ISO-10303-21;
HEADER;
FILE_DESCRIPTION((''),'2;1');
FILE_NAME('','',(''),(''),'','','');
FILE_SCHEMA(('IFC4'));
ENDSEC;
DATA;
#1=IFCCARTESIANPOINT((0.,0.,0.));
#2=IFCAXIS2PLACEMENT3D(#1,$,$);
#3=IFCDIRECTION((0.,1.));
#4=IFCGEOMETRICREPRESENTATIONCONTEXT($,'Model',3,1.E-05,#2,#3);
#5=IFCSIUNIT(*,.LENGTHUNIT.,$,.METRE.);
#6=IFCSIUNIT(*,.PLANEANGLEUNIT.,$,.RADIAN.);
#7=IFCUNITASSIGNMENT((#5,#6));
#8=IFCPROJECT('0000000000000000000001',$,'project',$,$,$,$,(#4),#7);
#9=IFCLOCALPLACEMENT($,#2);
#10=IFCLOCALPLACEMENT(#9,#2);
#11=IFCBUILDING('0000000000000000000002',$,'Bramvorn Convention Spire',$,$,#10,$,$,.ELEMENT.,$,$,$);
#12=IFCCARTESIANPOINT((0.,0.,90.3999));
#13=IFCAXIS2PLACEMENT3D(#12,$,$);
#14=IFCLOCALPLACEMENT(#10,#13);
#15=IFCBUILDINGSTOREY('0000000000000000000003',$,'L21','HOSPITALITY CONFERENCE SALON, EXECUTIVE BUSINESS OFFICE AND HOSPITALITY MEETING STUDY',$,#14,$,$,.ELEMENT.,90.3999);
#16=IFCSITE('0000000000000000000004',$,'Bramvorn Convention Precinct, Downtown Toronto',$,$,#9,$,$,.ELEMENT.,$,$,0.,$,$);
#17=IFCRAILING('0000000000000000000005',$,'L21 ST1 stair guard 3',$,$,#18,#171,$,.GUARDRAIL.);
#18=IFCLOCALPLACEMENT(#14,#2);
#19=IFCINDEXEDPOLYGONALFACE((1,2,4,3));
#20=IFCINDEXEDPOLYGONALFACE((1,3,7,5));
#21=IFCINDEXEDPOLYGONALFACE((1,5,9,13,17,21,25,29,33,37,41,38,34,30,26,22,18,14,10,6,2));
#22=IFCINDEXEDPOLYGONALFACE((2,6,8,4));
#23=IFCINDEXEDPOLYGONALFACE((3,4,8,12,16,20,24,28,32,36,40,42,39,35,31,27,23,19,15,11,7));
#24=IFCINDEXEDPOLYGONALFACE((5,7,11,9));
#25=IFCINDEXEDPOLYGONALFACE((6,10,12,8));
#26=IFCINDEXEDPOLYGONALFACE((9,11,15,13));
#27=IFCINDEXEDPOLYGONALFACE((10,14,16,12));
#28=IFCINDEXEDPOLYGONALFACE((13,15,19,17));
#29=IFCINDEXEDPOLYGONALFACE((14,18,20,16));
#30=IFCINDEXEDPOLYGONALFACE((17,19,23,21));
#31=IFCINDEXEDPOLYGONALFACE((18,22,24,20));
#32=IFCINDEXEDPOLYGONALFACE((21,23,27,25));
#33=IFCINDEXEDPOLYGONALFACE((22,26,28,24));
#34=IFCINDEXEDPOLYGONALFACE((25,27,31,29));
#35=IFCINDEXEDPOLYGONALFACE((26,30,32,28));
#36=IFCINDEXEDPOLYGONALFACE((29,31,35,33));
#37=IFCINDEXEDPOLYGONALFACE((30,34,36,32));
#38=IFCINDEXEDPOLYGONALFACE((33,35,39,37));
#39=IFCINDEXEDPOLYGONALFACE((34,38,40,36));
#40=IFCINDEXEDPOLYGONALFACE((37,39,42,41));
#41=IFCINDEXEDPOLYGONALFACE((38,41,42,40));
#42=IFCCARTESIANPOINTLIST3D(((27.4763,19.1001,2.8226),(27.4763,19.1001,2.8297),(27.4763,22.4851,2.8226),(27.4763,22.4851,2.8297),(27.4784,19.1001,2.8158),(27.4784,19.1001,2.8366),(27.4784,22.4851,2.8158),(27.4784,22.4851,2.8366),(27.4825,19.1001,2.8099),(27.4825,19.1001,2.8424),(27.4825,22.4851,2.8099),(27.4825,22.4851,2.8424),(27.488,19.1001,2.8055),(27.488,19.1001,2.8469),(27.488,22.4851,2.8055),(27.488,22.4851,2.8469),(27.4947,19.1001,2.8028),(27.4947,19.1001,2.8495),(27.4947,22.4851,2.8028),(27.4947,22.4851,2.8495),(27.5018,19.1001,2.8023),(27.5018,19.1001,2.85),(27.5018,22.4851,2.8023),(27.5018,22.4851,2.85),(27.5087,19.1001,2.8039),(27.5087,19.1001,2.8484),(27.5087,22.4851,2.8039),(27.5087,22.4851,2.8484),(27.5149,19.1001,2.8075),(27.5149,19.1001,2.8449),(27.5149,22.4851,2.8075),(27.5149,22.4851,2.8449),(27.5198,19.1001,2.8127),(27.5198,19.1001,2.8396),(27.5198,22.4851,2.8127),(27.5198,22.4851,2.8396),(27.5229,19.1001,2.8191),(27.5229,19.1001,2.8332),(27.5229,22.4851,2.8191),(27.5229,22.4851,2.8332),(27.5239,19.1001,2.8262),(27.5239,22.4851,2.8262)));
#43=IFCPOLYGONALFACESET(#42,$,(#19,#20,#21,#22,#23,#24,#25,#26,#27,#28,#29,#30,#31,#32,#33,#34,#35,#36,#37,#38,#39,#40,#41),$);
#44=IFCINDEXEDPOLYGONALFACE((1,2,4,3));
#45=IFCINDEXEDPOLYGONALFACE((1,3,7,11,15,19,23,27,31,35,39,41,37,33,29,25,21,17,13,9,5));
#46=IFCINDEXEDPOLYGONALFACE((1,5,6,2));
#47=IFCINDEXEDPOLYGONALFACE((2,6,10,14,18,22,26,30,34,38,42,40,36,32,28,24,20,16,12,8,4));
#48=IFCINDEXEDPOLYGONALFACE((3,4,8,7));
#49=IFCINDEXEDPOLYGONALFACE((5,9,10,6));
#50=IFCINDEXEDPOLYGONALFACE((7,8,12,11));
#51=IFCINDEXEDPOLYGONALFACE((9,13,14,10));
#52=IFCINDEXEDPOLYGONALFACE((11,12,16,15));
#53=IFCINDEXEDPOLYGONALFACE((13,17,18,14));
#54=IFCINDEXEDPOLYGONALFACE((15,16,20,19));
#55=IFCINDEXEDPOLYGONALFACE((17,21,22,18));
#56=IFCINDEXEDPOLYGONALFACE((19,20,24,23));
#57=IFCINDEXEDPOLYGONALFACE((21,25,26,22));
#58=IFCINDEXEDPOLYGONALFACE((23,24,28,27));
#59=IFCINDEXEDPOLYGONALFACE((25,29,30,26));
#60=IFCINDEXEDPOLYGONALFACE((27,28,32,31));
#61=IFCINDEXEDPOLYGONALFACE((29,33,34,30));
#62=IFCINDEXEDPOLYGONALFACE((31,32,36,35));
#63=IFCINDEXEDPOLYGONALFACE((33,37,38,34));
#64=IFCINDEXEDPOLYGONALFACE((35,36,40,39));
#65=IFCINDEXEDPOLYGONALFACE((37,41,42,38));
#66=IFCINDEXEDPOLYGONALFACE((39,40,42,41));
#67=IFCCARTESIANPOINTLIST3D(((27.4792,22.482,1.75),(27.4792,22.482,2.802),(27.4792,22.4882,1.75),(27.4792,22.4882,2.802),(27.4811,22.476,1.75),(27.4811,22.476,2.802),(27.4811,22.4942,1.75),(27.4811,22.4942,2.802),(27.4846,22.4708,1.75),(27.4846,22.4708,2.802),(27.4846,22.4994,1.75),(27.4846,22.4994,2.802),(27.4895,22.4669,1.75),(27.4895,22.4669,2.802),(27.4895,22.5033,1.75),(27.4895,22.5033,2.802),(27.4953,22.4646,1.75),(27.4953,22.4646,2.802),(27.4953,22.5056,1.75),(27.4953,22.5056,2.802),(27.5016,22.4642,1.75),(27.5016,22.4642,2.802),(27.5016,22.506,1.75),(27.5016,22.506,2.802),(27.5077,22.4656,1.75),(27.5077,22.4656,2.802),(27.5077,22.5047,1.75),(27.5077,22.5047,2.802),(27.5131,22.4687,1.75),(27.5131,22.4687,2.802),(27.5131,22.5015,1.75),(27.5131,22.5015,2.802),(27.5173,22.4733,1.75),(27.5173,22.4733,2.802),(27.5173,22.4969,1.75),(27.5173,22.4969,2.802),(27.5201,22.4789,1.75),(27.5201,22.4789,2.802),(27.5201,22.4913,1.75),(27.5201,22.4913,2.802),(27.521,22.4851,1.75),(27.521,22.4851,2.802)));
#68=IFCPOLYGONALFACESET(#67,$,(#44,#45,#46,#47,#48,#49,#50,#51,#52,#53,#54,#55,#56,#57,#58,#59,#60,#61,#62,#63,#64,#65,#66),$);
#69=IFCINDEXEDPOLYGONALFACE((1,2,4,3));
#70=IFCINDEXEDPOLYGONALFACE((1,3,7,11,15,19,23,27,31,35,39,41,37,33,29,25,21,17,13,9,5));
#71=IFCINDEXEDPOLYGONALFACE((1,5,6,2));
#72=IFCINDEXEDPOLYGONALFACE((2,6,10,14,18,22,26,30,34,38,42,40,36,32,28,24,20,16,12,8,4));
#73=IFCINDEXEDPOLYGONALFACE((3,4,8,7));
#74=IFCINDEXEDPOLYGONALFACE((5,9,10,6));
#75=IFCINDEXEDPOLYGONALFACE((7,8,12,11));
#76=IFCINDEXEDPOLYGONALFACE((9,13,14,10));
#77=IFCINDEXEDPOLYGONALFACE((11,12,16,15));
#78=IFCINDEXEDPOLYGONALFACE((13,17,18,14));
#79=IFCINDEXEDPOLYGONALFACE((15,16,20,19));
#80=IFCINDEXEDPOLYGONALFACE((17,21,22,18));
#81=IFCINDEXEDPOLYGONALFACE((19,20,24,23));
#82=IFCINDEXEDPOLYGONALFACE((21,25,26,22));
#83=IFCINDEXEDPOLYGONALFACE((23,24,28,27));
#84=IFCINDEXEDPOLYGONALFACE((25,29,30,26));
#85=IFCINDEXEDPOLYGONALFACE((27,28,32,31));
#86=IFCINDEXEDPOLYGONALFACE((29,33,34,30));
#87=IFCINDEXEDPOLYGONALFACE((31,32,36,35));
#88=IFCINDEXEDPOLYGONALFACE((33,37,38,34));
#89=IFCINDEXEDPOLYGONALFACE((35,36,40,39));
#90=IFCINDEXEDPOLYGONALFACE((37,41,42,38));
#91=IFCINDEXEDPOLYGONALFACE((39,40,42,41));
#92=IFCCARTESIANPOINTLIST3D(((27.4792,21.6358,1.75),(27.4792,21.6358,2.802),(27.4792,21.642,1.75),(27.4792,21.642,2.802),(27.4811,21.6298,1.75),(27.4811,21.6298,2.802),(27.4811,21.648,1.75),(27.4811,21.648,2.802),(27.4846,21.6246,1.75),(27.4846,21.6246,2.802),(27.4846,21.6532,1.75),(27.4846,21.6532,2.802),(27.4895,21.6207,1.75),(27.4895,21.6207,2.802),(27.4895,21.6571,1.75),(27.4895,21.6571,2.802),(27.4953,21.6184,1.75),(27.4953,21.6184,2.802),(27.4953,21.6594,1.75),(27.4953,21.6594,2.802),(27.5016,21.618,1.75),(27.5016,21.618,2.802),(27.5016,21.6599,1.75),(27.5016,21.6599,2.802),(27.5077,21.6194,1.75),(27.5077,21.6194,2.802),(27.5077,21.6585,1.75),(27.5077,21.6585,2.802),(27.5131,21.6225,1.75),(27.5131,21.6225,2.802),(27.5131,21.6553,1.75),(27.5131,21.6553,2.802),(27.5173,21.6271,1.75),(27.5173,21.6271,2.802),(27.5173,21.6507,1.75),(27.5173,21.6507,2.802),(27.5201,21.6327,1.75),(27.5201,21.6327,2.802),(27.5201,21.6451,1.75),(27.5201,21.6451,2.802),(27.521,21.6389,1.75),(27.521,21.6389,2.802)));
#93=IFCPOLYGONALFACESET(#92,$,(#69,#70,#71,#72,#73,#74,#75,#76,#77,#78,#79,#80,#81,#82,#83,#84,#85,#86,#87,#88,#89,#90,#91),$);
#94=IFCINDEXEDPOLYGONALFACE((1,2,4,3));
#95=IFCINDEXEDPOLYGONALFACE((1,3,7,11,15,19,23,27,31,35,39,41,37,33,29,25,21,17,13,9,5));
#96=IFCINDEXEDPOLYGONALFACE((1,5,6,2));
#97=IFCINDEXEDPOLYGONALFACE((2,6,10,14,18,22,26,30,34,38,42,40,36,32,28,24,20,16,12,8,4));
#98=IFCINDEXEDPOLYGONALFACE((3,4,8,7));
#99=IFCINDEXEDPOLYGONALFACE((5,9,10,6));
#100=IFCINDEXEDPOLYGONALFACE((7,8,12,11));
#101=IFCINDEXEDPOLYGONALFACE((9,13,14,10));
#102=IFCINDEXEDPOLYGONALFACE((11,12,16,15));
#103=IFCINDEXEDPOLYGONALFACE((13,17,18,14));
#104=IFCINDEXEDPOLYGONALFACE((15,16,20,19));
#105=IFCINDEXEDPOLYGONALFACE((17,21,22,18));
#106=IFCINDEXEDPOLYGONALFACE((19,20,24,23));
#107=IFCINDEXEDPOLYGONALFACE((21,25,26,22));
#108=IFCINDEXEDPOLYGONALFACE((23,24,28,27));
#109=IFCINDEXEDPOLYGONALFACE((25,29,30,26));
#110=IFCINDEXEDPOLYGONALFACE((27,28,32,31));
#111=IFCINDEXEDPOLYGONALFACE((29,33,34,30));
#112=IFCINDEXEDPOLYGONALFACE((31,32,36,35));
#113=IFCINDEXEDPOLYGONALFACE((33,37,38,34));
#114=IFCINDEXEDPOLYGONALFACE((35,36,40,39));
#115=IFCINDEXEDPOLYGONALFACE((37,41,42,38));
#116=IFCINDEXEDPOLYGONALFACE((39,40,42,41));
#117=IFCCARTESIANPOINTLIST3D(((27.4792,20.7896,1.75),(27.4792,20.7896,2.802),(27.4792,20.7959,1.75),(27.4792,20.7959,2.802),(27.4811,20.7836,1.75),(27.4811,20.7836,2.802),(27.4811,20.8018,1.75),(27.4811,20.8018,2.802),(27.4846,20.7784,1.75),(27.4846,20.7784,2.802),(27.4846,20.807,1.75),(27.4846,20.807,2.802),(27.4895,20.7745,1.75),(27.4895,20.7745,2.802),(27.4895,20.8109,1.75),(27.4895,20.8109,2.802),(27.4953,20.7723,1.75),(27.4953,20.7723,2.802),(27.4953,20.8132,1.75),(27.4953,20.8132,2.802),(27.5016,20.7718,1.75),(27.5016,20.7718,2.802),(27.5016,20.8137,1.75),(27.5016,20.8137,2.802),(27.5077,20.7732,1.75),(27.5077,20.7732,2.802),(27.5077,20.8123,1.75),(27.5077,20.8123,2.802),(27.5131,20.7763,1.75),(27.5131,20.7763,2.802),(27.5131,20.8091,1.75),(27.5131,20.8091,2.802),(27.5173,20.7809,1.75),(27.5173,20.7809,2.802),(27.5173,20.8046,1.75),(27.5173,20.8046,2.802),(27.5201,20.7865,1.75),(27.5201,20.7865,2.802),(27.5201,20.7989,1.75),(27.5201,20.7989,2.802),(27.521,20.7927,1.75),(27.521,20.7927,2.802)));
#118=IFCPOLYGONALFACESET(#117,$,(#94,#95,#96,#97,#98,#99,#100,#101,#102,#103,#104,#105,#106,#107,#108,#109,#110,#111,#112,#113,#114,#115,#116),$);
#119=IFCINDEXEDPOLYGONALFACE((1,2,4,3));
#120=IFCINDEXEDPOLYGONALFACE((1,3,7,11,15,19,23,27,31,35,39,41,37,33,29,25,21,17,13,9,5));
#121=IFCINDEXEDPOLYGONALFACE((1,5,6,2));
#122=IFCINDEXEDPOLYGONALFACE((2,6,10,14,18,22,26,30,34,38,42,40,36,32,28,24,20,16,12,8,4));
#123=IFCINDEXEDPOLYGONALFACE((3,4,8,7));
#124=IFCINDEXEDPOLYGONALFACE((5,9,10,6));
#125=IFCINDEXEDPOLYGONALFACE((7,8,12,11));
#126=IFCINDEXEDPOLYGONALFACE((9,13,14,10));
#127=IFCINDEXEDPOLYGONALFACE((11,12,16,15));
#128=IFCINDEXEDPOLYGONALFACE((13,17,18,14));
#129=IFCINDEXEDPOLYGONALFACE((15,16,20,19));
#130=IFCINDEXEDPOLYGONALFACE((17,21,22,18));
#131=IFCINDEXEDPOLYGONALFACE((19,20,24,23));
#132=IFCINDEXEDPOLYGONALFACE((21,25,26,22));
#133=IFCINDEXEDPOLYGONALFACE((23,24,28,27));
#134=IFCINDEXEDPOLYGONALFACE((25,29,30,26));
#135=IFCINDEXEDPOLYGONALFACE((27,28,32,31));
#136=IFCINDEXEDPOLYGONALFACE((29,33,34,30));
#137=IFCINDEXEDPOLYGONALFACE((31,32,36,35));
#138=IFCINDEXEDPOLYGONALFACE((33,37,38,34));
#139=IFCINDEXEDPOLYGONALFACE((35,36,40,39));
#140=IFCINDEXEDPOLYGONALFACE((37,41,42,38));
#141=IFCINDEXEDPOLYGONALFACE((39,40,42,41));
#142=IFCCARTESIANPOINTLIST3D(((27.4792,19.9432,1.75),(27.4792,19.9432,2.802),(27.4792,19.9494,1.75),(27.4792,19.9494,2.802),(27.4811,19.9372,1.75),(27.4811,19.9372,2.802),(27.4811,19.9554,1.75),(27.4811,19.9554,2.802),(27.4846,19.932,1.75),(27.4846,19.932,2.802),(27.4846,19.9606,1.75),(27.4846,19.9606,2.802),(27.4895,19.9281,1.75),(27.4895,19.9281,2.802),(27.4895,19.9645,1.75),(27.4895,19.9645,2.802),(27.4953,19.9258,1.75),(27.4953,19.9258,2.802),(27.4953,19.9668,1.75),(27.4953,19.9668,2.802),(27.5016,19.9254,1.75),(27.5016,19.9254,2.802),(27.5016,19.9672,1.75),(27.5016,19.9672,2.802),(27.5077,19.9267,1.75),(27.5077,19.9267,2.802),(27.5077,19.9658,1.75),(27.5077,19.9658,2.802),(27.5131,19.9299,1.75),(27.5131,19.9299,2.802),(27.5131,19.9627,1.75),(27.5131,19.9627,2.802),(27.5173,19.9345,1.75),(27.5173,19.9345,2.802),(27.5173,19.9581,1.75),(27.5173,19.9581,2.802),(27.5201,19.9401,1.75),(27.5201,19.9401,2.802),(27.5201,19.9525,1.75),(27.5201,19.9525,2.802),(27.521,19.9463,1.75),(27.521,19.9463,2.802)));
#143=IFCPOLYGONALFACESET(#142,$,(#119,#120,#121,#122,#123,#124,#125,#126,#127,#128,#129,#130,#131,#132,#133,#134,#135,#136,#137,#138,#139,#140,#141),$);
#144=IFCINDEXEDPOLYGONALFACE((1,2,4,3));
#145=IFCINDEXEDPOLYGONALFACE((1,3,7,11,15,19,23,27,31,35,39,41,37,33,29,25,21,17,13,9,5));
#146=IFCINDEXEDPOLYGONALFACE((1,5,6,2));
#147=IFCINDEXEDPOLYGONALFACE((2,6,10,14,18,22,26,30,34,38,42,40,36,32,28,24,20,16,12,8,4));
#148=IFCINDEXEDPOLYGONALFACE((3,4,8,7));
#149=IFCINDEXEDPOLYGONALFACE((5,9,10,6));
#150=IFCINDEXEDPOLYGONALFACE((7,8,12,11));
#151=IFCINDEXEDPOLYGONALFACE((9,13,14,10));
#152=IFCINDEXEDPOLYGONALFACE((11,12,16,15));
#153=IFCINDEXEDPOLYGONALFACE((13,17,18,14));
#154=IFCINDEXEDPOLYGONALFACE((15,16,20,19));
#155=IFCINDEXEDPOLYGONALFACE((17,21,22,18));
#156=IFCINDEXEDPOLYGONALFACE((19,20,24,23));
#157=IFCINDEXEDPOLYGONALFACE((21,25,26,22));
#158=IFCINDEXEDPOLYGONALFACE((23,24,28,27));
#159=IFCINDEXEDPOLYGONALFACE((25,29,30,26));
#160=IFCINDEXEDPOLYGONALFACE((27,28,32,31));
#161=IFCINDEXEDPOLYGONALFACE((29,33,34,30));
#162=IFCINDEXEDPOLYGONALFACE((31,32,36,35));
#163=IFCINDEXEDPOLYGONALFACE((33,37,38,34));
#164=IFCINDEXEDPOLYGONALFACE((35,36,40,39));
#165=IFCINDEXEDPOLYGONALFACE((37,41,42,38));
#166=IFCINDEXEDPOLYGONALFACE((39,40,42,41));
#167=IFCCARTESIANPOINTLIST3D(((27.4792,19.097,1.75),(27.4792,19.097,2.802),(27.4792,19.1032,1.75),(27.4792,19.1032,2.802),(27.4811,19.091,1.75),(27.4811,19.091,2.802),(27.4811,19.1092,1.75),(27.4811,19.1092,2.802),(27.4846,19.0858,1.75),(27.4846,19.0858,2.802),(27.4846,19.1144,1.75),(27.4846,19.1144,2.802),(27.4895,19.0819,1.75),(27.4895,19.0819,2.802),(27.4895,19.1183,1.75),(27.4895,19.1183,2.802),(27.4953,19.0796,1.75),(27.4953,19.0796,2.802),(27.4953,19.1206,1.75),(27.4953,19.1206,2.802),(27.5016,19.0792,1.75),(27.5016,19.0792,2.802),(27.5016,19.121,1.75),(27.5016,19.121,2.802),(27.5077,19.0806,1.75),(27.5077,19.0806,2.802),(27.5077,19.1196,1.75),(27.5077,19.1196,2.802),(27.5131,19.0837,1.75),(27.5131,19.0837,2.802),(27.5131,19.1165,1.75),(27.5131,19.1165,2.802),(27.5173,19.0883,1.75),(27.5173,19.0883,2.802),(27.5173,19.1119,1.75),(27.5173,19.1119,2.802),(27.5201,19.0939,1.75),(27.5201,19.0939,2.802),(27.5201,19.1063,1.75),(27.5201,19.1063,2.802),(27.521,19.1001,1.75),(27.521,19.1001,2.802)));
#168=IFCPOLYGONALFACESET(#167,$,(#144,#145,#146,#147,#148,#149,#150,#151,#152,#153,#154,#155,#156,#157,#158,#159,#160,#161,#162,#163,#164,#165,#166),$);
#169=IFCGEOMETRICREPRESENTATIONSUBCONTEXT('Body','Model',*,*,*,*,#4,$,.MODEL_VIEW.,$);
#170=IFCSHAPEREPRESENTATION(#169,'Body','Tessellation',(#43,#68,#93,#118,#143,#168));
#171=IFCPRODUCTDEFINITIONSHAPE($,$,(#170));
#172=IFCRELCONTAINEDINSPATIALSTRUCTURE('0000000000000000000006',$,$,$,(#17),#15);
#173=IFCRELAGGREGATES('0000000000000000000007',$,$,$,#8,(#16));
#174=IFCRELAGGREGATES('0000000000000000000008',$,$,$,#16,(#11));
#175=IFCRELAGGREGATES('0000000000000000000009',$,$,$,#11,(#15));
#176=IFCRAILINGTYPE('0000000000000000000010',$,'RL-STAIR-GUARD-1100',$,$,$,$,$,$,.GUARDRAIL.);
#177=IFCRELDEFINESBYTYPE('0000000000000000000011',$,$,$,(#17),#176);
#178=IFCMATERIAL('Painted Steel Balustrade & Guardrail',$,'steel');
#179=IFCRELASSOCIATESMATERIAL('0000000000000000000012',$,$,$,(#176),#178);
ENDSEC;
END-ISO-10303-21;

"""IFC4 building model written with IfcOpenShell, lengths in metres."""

from ifc_helpers import new_model, si_unit, direction, frame, origin, origin_2d, place, context, subcontext, project, spatial, circle, extrude, material, type_object, element, save


model = new_model("IFC4")

# Units and contexts
model_context = context("Model", 3, precision=1e-05, world=origin(), true_north=direction((0.0, 1.0)))
body_context = subcontext(model_context, "Body", "Model", "MODEL_VIEW")
ifc_project = project(units=[si_unit("LENGTHUNIT", "METRE"), si_unit("PLANEANGLEUNIT", "RADIAN")], contexts=[model_context])

# Site, building, storey
site_placement = place(None, origin())
site = spatial("IfcSite", under=ifc_project, at=site_placement, Name="Bramvorn Convention Precinct, Downtown Toronto", CompositionType="ELEMENT", RefElevation=0.0)
building_placement = place(site_placement, origin())
building = spatial("IfcBuilding", under=site, at=building_placement, Name="Bramvorn Convention Spire", CompositionType="ELEMENT")
storey_placement = place(building_placement, frame((0.0, 0.0, 90.3999)))
storey = spatial("IfcBuildingStorey", under=building, at=storey_placement, Name="L21", Description="HOSPITALITY CONFERENCE SALON, EXECUTIVE BUSINESS OFFICE AND HOSPITALITY MEETING STUDY", CompositionType="ELEMENT", Elevation=90.3999)

# Railing
ifc_material_1 = material(Name="Painted Steel Balustrade & Guardrail", Category="steel")
railing_type_1 = type_object("IfcRailingType", Name="RL-STAIR-GUARD-1100", PredefinedType="GUARDRAIL", material=ifc_material_1)
for number, where, name in (
    (1, (27.5, 22.4851, 1.75), "L21 ST1 stair guard 3"),
):
    element("IfcRailing", number, at=place(storey_placement, frame(where)), inside=storey, type_object=railing_type_1, Name=name, PredefinedType="GUARDRAIL", context=body_context, shape_type="SweptSolid", body=[
        extrude(circle(Radius=0.0239, at=origin_2d()), frame((0.0, 0.0, 1.0762), z_axis=(0.0, -1.0, 0.0), x_axis=(1.0, 0.0, 0.0)), (0.0, 0.0, 1.0), 3.385),
        extrude(circle(Radius=0.021, at=origin_2d()), origin(), (0.0, 0.0, 1.0), 1.052),
        extrude(circle(Radius=0.021, at=origin_2d()), frame((0.0, -0.8462, 0.0)), (0.0, 0.0, 1.0), 1.052),
        extrude(circle(Radius=0.021, at=origin_2d()), frame((0.0, -1.6924, 0.0)), (0.0, 0.0, 1.0), 1.052),
        extrude(circle(Radius=0.021, at=origin_2d()), frame((0.0, -2.5388, 0.0)), (0.0, 0.0, 1.0), 1.052),
        extrude(circle(Radius=0.021, at=origin_2d()), frame((0.0, -3.385, 0.0)), (0.0, 0.0, 1.0), 1.052),
    ])

save(model, "model.ifc")
